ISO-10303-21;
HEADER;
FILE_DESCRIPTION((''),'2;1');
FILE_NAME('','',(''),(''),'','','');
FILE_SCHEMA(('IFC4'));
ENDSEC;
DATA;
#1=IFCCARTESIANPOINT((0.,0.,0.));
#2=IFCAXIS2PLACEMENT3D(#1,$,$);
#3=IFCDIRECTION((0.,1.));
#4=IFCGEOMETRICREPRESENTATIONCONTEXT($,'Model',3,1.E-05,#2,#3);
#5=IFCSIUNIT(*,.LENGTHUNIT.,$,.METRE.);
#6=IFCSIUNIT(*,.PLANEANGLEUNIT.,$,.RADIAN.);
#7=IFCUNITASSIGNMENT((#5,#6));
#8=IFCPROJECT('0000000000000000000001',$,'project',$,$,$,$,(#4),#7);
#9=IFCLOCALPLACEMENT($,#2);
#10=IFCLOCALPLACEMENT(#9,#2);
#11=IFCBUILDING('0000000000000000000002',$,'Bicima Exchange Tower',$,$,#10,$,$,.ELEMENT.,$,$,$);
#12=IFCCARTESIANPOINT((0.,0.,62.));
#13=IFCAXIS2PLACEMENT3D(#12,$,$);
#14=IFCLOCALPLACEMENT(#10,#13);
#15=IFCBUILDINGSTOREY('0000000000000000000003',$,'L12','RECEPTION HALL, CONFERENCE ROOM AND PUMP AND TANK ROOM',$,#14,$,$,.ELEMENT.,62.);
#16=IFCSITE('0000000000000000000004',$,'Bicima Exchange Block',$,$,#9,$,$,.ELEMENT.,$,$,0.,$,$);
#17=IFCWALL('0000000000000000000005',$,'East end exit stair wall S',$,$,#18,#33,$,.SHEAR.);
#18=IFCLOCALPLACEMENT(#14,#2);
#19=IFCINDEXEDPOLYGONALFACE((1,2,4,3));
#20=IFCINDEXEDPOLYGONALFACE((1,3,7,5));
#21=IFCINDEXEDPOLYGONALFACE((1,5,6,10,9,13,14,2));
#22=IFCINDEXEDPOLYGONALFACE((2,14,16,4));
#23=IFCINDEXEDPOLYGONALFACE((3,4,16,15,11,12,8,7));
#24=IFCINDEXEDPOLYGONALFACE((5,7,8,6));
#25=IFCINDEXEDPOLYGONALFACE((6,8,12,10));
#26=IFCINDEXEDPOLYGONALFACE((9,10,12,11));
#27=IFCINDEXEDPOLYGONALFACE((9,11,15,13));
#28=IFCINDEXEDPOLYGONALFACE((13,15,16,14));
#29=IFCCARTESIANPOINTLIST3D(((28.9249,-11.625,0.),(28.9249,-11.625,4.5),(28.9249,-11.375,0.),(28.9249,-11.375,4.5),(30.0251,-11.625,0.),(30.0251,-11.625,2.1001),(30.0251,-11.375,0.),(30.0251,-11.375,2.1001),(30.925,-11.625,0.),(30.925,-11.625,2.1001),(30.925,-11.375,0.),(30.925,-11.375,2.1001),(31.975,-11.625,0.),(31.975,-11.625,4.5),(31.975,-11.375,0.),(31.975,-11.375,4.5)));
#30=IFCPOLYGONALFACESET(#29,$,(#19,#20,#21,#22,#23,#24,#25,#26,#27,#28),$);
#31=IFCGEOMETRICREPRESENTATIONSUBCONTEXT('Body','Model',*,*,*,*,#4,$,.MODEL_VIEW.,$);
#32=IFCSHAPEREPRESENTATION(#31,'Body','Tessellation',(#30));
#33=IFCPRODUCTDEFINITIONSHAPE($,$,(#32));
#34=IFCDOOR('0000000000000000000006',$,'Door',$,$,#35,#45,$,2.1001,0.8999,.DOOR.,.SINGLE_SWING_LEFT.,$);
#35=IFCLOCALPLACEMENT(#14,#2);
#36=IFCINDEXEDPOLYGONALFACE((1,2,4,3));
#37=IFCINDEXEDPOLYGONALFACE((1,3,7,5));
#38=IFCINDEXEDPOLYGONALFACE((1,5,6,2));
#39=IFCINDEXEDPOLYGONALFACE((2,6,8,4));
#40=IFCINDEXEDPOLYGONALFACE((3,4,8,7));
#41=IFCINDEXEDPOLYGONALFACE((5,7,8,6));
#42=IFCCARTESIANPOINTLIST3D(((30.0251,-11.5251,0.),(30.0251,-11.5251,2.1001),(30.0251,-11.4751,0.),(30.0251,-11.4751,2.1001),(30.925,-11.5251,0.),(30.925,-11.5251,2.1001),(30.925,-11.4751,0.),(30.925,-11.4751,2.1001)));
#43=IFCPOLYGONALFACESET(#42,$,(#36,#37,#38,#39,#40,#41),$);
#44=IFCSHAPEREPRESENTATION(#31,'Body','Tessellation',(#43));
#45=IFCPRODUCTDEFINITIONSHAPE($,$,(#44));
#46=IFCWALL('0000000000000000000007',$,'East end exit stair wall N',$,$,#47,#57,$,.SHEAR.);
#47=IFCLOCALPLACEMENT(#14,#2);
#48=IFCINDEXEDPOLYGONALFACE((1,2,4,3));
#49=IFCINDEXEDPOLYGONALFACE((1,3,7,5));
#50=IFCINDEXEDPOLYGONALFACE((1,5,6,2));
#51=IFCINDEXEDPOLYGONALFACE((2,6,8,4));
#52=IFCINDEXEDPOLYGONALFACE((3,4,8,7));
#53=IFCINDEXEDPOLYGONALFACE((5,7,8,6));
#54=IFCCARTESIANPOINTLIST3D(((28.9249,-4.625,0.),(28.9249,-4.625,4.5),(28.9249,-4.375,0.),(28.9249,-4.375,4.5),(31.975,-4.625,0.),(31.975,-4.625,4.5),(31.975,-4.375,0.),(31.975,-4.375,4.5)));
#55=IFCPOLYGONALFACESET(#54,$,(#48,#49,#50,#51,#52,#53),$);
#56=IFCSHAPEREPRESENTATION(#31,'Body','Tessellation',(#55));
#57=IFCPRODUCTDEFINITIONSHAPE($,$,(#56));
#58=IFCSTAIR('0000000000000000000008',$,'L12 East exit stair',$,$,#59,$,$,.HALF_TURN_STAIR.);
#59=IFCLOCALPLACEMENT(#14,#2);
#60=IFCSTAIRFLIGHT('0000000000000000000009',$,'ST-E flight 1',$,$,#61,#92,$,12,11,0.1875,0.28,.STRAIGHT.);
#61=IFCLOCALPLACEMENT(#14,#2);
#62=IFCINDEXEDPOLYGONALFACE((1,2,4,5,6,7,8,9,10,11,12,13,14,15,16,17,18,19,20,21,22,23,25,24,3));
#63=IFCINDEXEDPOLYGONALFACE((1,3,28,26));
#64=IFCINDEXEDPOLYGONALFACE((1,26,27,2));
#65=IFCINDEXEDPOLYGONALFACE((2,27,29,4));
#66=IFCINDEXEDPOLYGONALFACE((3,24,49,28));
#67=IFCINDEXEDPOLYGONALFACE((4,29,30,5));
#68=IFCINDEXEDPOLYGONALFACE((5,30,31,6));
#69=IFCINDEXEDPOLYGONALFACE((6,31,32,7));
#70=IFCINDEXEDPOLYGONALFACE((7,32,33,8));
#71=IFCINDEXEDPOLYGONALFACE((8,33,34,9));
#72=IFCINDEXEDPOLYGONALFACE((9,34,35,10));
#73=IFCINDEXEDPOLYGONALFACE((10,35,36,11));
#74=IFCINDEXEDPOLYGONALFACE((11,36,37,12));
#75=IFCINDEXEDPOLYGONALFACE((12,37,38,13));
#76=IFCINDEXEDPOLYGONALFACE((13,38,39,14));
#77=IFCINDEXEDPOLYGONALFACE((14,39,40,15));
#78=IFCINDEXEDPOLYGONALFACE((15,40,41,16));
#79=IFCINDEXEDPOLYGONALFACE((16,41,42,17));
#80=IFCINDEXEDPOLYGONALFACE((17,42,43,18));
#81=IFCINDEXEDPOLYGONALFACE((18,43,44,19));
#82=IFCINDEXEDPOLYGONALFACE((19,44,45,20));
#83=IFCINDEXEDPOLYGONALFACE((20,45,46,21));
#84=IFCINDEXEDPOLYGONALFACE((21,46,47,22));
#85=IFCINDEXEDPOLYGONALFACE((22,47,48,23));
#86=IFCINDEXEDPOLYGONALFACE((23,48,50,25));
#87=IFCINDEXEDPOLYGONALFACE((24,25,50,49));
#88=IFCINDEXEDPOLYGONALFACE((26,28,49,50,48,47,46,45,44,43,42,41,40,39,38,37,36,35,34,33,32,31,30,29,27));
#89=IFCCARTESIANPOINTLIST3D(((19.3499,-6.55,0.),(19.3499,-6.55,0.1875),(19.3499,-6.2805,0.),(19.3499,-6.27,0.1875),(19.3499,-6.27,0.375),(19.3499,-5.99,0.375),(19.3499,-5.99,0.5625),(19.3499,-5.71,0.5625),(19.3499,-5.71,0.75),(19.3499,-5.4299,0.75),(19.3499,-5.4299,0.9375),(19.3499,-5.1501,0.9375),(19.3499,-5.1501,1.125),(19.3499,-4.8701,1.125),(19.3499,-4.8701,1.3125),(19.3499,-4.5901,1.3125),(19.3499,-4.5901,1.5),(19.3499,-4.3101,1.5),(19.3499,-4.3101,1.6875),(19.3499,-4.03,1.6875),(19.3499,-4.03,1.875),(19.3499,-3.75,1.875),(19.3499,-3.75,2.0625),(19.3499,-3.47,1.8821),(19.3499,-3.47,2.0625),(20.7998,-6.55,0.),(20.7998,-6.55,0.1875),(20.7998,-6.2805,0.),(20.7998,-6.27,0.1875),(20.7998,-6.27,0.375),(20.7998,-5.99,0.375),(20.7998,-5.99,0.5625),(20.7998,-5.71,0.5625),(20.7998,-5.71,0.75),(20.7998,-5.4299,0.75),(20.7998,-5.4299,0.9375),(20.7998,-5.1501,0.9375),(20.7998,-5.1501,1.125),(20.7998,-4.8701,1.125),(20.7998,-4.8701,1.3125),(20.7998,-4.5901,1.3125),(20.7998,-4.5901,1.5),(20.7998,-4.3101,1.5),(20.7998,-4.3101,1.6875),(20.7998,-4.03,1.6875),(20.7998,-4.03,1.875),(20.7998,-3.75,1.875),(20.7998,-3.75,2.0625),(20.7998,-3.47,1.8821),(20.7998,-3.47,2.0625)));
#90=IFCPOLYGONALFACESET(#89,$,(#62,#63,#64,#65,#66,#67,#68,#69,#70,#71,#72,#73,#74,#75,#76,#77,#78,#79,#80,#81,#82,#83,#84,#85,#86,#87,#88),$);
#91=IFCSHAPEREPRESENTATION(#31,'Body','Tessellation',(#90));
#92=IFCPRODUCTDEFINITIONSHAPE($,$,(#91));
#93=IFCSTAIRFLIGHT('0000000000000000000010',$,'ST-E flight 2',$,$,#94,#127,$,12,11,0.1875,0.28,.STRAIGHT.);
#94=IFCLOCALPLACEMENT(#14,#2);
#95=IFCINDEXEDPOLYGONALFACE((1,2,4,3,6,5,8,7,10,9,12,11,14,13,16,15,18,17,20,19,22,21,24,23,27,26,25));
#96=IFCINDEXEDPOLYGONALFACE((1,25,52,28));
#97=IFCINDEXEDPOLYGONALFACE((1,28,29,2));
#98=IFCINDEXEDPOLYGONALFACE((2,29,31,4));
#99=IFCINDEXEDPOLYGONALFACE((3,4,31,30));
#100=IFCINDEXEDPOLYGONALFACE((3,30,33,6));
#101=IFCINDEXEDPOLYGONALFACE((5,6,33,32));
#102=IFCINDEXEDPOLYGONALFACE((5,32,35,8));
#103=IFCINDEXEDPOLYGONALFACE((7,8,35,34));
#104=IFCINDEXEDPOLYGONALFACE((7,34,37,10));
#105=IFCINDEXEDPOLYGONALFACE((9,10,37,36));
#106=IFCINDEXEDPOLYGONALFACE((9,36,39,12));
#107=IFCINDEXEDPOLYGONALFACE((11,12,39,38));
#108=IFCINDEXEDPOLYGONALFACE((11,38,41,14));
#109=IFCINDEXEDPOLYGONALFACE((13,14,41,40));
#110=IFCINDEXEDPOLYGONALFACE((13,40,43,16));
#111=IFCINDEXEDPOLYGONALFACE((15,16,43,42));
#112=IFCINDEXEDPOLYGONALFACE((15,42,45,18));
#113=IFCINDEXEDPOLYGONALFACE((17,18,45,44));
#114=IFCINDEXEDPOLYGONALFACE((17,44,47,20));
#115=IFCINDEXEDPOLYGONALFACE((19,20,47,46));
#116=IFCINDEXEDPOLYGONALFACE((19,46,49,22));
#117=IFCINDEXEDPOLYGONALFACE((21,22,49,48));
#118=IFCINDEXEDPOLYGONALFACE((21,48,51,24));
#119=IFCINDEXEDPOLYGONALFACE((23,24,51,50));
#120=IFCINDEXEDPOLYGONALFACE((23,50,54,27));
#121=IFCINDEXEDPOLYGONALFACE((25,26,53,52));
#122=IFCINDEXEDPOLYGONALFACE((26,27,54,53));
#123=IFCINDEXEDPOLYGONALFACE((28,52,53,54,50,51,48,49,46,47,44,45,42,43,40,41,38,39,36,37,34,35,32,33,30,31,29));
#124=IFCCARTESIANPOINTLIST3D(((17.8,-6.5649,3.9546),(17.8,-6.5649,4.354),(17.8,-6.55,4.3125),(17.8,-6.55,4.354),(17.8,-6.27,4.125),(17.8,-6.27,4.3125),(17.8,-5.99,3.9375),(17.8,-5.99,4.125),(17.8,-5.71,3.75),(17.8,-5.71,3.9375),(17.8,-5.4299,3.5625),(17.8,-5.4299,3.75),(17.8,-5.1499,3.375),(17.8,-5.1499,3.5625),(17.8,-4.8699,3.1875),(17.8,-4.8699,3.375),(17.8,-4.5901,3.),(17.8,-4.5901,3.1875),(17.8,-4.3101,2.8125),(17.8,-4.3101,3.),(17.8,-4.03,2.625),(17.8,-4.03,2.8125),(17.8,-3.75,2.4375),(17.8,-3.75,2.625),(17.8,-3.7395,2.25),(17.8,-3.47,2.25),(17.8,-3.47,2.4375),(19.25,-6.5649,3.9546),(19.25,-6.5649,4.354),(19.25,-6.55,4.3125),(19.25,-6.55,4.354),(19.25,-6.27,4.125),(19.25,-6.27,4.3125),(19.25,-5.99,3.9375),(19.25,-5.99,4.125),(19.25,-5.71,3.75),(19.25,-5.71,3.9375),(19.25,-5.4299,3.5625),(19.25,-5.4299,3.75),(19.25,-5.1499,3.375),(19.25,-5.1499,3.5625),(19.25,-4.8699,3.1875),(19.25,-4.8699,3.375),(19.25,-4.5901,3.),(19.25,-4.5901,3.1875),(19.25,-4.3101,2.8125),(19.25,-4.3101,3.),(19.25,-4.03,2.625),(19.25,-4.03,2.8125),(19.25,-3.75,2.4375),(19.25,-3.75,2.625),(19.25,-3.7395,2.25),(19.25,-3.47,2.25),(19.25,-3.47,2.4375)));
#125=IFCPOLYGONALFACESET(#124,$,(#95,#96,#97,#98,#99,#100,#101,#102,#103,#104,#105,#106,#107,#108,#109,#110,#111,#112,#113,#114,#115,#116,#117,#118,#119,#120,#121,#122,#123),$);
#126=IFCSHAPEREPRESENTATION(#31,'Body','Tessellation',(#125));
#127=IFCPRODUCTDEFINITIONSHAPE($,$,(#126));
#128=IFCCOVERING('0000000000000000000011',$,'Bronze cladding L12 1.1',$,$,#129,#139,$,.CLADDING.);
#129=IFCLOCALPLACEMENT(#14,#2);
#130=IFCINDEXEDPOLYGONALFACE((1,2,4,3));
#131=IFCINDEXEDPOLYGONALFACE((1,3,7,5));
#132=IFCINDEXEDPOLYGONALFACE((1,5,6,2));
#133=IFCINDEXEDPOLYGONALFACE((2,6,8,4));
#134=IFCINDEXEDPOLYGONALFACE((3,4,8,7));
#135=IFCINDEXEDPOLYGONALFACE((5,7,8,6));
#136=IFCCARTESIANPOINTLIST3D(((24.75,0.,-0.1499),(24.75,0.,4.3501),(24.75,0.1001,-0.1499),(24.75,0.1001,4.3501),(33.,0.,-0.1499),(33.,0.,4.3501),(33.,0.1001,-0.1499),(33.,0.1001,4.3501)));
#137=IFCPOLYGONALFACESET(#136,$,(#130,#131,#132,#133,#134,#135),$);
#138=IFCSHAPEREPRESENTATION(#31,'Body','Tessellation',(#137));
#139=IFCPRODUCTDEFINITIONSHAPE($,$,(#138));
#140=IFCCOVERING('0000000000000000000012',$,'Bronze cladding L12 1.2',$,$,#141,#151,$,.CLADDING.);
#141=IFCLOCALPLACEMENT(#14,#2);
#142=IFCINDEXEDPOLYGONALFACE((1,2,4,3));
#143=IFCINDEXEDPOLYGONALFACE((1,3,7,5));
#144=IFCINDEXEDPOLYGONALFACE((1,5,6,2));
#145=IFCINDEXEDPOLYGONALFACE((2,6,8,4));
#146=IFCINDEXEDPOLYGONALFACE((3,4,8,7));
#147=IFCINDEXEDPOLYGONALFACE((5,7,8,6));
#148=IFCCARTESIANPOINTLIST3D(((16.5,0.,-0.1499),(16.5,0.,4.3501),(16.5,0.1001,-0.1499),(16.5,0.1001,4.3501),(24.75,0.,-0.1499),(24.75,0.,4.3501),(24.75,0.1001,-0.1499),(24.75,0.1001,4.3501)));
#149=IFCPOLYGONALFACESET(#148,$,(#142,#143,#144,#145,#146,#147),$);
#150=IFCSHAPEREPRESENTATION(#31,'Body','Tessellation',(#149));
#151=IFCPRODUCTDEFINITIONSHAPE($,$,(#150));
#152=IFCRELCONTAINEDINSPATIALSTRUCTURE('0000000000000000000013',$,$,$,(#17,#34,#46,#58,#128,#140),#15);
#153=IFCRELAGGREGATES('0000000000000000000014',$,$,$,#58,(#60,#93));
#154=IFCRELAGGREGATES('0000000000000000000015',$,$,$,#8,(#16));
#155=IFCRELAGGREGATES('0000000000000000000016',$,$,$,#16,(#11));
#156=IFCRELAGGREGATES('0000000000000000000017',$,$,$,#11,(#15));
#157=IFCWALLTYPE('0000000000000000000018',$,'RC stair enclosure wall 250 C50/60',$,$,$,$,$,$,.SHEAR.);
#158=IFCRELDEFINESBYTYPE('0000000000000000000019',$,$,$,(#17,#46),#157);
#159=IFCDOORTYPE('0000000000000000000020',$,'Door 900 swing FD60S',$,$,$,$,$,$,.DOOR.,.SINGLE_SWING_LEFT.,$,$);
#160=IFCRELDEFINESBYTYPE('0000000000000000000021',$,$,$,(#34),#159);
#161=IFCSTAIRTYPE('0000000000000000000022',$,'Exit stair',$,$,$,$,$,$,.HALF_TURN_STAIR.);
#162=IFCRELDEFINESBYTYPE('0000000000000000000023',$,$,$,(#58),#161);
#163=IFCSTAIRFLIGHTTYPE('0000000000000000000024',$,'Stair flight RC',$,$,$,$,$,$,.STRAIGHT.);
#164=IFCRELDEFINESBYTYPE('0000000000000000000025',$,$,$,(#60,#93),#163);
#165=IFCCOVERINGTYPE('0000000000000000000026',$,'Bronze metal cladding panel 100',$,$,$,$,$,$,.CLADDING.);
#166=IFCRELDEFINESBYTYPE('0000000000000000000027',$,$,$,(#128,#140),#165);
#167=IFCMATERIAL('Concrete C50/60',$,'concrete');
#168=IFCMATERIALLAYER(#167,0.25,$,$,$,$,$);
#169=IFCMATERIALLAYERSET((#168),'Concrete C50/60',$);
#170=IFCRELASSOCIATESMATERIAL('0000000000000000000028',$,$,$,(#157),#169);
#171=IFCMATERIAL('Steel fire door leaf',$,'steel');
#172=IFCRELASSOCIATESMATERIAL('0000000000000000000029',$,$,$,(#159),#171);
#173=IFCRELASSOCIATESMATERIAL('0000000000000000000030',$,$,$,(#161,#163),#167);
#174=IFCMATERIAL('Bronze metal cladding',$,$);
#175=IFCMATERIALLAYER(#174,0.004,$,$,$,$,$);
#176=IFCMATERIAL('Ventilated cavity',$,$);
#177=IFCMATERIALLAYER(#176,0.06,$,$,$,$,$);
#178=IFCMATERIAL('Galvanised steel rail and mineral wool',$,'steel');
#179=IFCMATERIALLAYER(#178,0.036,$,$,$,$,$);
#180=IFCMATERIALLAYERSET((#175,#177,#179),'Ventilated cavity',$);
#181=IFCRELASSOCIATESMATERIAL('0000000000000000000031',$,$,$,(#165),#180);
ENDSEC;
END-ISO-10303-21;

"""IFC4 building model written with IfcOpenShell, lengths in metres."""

from ifc_helpers import new_model, si_unit, direction, frame, frame_2d, origin, origin_2d, place, context, subcontext, project, spatial, polyline, rectangle, outline, extrude, material, layer, layer_set, type_object, element, fill, aggregate, save


model = new_model("IFC4")

# Units and contexts
model_context = context("Model", 3, precision=1e-05, world=origin(), true_north=direction((0.0, 1.0)))
body_context = subcontext(model_context, "Body", "Model", "MODEL_VIEW")
ifc_project = project(units=[si_unit("LENGTHUNIT", "METRE"), si_unit("PLANEANGLEUNIT", "RADIAN")], contexts=[model_context])

# Site, building, storey
site_placement = place(None, origin())
site = spatial("IfcSite", under=ifc_project, at=site_placement, Name="Bicima Exchange Block", CompositionType="ELEMENT", RefElevation=0.0)
building_placement = place(site_placement, origin())
building = spatial("IfcBuilding", under=site, at=building_placement, Name="Bicima Exchange Tower", CompositionType="ELEMENT")
storey_placement = place(building_placement, frame((0.0, 0.0, 62.0)))
storey = spatial("IfcBuildingStorey", under=building, at=storey_placement, Name="L12", Description="RECEPTION HALL, CONFERENCE ROOM AND PUMP AND TANK ROOM", CompositionType="ELEMENT", Elevation=62.0)

# Shared definitions
ifc_material_1 = material(Name="Steel fire door leaf", Category="steel")

# Shared definitions
ifc_material_2 = material(Name="Concrete C50/60", Category="concrete")
ifc_layer_1 = layer(ifc_material_2, 0.25)
ifc_layer_set_1 = layer_set([ifc_layer_1], Name="Concrete C50/60")
wall_type_1 = type_object("IfcWallType", Name="RC stair enclosure wall 250 C50/60", PredefinedType="SHEAR", material=ifc_layer_set_1)

# Wall, opening, door
wall_1_placement = place(storey_placement, frame((28.925, -11.5, 0.0), z_axis=(0.0, 0.0, 1.0), x_axis=(1.0, 0.0, 0.0)))
wall_1 = element("IfcWall", 1, at=wall_1_placement, inside=storey, type_object=wall_type_1, Name="East end exit stair wall S", PredefinedType="SHEAR", context=body_context, shape_type="SweptSolid", body=[
    extrude(rectangle(XDim=3.05, YDim=0.25, at=frame_2d((1.5249, 0.0))), origin(), (0.0, 0.0, 1.0), 4.5),
])
opening_1_placement = place(wall_1_placement, frame((1.1001, 0.0, 0.0)))
opening_1 = element("IfcOpeningElement", 2, at=opening_1_placement, cuts=wall_1, PredefinedType="OPENING", context=body_context, shape_type="SweptSolid", body=[
    extrude(rectangle(XDim=0.8999, YDim=2.1001, at=frame_2d((0.45, 1.05))), frame((0.0, 0.137, 0.0), z_axis=(0.0, -1.0, 0.0), x_axis=(1.0, 0.0, 0.0)), (0.0, 0.0, 1.0), 0.2739),
])
door_type_1 = type_object("IfcDoorType", Name="Door 900 swing FD60S", OperationType="SINGLE_SWING_LEFT", PredefinedType="DOOR", material=ifc_material_1)
door_1_placement = place(opening_1_placement, origin())
door_1 = element("IfcDoor", 3, at=door_1_placement, inside=storey, type_object=door_type_1, Name="Door", OperationType="SINGLE_SWING_LEFT", OverallHeight=2.1001, OverallWidth=0.8999, PredefinedType="DOOR", context=body_context, shape_type="SweptSolid", body=[
    extrude(rectangle(XDim=0.8999, YDim=2.1001, at=frame_2d((0.45, 1.05))), frame((0.0, 0.0249, 0.0), z_axis=(0.0, -1.0, 0.0), x_axis=(1.0, 0.0, 0.0)), (0.0, 0.0, 1.0), 0.05),
])
fill(opening_1, door_1)

# Wall
wall_2_placement = place(storey_placement, frame((28.925, -4.5, 0.0), z_axis=(0.0, 0.0, 1.0), x_axis=(1.0, 0.0, 0.0)))
element("IfcWall", 4, at=wall_2_placement, inside=storey, type_object=wall_type_1, Name="East end exit stair wall N", PredefinedType="SHEAR", context=body_context, shape_type="SweptSolid", body=[
    extrude(rectangle(XDim=3.05, YDim=0.25, at=frame_2d((1.5249, 0.0))), origin(), (0.0, 0.0, 1.0), 4.5),
])

# Stair, stair flights
stair_type = type_object("IfcStairType", Name="Exit stair", PredefinedType="HALF_TURN_STAIR", material=ifc_material_2)
stair_placement = place(storey_placement, origin())
stair = element("IfcStair", 5, at=stair_placement, inside=storey, type_object=stair_type, Name="L12 East exit stair", PredefinedType="HALF_TURN_STAIR")
stair_flight_type = type_object("IfcStairFlightType", Name="Stair flight RC", PredefinedType="STRAIGHT", material=ifc_material_2)
stair_flight_1_placement = place(storey_placement, frame((20.075, -6.55, 0.0), z_axis=(0.0, 0.0, 1.0), x_axis=(0.0, 1.0, 0.0)))
stair_flight_1 = element("IfcStairFlight", 6, at=stair_flight_1_placement, type_object=stair_flight_type, Name="ST-E flight 1", NumberOfRisers=12, NumberOfTreads=11, PredefinedType="STRAIGHT", RiserHeight=0.1875, TreadLength=0.28, context=body_context, shape_type="SweptSolid", body=[
    extrude(outline(polyline([(0.0, 0.0), (0.0, 0.1875), (0.28, 0.1875), (0.28, 0.375), (0.5601, 0.375), (0.5601, 0.5625), (0.8401, 0.5625), (0.8401, 0.75), (1.1201, 0.75), (1.1201, 0.9375), (1.3999, 0.9375), (1.3999, 1.125), (1.6799, 1.125), (1.6799, 1.3125), (1.96, 1.3125), (1.96, 1.5), (2.24, 1.5), (2.24, 1.6875), (2.52, 1.6875), (2.52, 1.875), (2.8, 1.875), (2.8, 2.0625), (3.0801, 2.0625), (3.0801, 2.25), (3.0801, 1.8821), (0.2695, 0.0), (0.0, 0.0)])), frame((0.0, 0.7251, 0.0), z_axis=(0.0, -1.0, 0.0), x_axis=(1.0, 0.0, 0.0)), (0.0, 0.0, 1.0), 1.45),
])
stair_flight_2_placement = place(storey_placement, frame((18.5249, -3.47, 2.25), z_axis=(0.0, 0.0, 1.0), x_axis=(0.0, -1.0, 0.0)))
stair_flight_2 = element("IfcStairFlight", 7, at=stair_flight_2_placement, type_object=stair_flight_type, Name="ST-E flight 2", NumberOfRisers=12, NumberOfTreads=11, PredefinedType="STRAIGHT", RiserHeight=0.1875, TreadLength=0.28, context=body_context, shape_type="SweptSolid", body=[
    extrude(outline(polyline([(0.0, 0.0), (0.0, 0.1875), (0.28, 0.1875), (0.28, 0.375), (0.5601, 0.375), (0.5601, 0.5625), (0.8401, 0.5625), (0.8401, 0.75), (1.1201, 0.75), (1.1201, 0.9375), (1.3999, 0.9375), (1.3999, 1.125), (1.6799, 1.125), (1.6799, 1.3125), (1.96, 1.3125), (1.96, 1.5), (2.24, 1.5), (2.24, 1.6875), (2.52, 1.6875), (2.52, 1.875), (2.8, 1.875), (2.8, 2.0625), (3.0801, 2.0625), (3.0801, 2.104), (3.095, 2.104), (3.095, 1.7046), (0.2695, 0.0), (0.0, 0.0)])), frame((0.0, 0.7251, 0.0), z_axis=(0.0, -1.0, 0.0), x_axis=(1.0, 0.0, 0.0)), (0.0, 0.0, 1.0), 1.45),
])
aggregate(stair, [stair_flight_1, stair_flight_2])

# Coverings
ifc_material_3 = material(Name="Bronze metal cladding")
ifc_layer_2 = layer(ifc_material_3, 0.004)
ifc_material_4 = material(Name="Ventilated cavity")
ifc_layer_3 = layer(ifc_material_4, 0.06)
ifc_material_5 = material(Name="Galvanised steel rail and mineral wool", Category="steel")
ifc_layer_4 = layer(ifc_material_5, 0.036)
ifc_layer_set_2 = layer_set([ifc_layer_2, ifc_layer_3, ifc_layer_4], Name="Ventilated cavity")
covering_type = type_object("IfcCoveringType", Name="Bronze metal cladding panel 100", PredefinedType="CLADDING", material=ifc_layer_set_2)
for number, where, z_axis, x_axis, name in (
    (8, (28.875, 0.05, -0.1499), (0.0, 0.0, 1.0), (-1.0, 0.0, 0.0), "Bronze cladding L12 1.1"),
    (9, (20.625, 0.05, -0.1499), (0.0, 0.0, 1.0), (-1.0, 0.0, 0.0), "Bronze cladding L12 1.2"),
):
    element("IfcCovering", number, at=place(storey_placement, frame(where, z_axis=z_axis, x_axis=x_axis)), inside=storey, type_object=covering_type, Name=name, PredefinedType="CLADDING", context=body_context, shape_type="SweptSolid", body=[
        extrude(rectangle(XDim=8.25, YDim=0.1001, at=origin_2d()), origin(), (0.0, 0.0, 1.0), 4.5),
    ])

save(model, "model.ifc")
